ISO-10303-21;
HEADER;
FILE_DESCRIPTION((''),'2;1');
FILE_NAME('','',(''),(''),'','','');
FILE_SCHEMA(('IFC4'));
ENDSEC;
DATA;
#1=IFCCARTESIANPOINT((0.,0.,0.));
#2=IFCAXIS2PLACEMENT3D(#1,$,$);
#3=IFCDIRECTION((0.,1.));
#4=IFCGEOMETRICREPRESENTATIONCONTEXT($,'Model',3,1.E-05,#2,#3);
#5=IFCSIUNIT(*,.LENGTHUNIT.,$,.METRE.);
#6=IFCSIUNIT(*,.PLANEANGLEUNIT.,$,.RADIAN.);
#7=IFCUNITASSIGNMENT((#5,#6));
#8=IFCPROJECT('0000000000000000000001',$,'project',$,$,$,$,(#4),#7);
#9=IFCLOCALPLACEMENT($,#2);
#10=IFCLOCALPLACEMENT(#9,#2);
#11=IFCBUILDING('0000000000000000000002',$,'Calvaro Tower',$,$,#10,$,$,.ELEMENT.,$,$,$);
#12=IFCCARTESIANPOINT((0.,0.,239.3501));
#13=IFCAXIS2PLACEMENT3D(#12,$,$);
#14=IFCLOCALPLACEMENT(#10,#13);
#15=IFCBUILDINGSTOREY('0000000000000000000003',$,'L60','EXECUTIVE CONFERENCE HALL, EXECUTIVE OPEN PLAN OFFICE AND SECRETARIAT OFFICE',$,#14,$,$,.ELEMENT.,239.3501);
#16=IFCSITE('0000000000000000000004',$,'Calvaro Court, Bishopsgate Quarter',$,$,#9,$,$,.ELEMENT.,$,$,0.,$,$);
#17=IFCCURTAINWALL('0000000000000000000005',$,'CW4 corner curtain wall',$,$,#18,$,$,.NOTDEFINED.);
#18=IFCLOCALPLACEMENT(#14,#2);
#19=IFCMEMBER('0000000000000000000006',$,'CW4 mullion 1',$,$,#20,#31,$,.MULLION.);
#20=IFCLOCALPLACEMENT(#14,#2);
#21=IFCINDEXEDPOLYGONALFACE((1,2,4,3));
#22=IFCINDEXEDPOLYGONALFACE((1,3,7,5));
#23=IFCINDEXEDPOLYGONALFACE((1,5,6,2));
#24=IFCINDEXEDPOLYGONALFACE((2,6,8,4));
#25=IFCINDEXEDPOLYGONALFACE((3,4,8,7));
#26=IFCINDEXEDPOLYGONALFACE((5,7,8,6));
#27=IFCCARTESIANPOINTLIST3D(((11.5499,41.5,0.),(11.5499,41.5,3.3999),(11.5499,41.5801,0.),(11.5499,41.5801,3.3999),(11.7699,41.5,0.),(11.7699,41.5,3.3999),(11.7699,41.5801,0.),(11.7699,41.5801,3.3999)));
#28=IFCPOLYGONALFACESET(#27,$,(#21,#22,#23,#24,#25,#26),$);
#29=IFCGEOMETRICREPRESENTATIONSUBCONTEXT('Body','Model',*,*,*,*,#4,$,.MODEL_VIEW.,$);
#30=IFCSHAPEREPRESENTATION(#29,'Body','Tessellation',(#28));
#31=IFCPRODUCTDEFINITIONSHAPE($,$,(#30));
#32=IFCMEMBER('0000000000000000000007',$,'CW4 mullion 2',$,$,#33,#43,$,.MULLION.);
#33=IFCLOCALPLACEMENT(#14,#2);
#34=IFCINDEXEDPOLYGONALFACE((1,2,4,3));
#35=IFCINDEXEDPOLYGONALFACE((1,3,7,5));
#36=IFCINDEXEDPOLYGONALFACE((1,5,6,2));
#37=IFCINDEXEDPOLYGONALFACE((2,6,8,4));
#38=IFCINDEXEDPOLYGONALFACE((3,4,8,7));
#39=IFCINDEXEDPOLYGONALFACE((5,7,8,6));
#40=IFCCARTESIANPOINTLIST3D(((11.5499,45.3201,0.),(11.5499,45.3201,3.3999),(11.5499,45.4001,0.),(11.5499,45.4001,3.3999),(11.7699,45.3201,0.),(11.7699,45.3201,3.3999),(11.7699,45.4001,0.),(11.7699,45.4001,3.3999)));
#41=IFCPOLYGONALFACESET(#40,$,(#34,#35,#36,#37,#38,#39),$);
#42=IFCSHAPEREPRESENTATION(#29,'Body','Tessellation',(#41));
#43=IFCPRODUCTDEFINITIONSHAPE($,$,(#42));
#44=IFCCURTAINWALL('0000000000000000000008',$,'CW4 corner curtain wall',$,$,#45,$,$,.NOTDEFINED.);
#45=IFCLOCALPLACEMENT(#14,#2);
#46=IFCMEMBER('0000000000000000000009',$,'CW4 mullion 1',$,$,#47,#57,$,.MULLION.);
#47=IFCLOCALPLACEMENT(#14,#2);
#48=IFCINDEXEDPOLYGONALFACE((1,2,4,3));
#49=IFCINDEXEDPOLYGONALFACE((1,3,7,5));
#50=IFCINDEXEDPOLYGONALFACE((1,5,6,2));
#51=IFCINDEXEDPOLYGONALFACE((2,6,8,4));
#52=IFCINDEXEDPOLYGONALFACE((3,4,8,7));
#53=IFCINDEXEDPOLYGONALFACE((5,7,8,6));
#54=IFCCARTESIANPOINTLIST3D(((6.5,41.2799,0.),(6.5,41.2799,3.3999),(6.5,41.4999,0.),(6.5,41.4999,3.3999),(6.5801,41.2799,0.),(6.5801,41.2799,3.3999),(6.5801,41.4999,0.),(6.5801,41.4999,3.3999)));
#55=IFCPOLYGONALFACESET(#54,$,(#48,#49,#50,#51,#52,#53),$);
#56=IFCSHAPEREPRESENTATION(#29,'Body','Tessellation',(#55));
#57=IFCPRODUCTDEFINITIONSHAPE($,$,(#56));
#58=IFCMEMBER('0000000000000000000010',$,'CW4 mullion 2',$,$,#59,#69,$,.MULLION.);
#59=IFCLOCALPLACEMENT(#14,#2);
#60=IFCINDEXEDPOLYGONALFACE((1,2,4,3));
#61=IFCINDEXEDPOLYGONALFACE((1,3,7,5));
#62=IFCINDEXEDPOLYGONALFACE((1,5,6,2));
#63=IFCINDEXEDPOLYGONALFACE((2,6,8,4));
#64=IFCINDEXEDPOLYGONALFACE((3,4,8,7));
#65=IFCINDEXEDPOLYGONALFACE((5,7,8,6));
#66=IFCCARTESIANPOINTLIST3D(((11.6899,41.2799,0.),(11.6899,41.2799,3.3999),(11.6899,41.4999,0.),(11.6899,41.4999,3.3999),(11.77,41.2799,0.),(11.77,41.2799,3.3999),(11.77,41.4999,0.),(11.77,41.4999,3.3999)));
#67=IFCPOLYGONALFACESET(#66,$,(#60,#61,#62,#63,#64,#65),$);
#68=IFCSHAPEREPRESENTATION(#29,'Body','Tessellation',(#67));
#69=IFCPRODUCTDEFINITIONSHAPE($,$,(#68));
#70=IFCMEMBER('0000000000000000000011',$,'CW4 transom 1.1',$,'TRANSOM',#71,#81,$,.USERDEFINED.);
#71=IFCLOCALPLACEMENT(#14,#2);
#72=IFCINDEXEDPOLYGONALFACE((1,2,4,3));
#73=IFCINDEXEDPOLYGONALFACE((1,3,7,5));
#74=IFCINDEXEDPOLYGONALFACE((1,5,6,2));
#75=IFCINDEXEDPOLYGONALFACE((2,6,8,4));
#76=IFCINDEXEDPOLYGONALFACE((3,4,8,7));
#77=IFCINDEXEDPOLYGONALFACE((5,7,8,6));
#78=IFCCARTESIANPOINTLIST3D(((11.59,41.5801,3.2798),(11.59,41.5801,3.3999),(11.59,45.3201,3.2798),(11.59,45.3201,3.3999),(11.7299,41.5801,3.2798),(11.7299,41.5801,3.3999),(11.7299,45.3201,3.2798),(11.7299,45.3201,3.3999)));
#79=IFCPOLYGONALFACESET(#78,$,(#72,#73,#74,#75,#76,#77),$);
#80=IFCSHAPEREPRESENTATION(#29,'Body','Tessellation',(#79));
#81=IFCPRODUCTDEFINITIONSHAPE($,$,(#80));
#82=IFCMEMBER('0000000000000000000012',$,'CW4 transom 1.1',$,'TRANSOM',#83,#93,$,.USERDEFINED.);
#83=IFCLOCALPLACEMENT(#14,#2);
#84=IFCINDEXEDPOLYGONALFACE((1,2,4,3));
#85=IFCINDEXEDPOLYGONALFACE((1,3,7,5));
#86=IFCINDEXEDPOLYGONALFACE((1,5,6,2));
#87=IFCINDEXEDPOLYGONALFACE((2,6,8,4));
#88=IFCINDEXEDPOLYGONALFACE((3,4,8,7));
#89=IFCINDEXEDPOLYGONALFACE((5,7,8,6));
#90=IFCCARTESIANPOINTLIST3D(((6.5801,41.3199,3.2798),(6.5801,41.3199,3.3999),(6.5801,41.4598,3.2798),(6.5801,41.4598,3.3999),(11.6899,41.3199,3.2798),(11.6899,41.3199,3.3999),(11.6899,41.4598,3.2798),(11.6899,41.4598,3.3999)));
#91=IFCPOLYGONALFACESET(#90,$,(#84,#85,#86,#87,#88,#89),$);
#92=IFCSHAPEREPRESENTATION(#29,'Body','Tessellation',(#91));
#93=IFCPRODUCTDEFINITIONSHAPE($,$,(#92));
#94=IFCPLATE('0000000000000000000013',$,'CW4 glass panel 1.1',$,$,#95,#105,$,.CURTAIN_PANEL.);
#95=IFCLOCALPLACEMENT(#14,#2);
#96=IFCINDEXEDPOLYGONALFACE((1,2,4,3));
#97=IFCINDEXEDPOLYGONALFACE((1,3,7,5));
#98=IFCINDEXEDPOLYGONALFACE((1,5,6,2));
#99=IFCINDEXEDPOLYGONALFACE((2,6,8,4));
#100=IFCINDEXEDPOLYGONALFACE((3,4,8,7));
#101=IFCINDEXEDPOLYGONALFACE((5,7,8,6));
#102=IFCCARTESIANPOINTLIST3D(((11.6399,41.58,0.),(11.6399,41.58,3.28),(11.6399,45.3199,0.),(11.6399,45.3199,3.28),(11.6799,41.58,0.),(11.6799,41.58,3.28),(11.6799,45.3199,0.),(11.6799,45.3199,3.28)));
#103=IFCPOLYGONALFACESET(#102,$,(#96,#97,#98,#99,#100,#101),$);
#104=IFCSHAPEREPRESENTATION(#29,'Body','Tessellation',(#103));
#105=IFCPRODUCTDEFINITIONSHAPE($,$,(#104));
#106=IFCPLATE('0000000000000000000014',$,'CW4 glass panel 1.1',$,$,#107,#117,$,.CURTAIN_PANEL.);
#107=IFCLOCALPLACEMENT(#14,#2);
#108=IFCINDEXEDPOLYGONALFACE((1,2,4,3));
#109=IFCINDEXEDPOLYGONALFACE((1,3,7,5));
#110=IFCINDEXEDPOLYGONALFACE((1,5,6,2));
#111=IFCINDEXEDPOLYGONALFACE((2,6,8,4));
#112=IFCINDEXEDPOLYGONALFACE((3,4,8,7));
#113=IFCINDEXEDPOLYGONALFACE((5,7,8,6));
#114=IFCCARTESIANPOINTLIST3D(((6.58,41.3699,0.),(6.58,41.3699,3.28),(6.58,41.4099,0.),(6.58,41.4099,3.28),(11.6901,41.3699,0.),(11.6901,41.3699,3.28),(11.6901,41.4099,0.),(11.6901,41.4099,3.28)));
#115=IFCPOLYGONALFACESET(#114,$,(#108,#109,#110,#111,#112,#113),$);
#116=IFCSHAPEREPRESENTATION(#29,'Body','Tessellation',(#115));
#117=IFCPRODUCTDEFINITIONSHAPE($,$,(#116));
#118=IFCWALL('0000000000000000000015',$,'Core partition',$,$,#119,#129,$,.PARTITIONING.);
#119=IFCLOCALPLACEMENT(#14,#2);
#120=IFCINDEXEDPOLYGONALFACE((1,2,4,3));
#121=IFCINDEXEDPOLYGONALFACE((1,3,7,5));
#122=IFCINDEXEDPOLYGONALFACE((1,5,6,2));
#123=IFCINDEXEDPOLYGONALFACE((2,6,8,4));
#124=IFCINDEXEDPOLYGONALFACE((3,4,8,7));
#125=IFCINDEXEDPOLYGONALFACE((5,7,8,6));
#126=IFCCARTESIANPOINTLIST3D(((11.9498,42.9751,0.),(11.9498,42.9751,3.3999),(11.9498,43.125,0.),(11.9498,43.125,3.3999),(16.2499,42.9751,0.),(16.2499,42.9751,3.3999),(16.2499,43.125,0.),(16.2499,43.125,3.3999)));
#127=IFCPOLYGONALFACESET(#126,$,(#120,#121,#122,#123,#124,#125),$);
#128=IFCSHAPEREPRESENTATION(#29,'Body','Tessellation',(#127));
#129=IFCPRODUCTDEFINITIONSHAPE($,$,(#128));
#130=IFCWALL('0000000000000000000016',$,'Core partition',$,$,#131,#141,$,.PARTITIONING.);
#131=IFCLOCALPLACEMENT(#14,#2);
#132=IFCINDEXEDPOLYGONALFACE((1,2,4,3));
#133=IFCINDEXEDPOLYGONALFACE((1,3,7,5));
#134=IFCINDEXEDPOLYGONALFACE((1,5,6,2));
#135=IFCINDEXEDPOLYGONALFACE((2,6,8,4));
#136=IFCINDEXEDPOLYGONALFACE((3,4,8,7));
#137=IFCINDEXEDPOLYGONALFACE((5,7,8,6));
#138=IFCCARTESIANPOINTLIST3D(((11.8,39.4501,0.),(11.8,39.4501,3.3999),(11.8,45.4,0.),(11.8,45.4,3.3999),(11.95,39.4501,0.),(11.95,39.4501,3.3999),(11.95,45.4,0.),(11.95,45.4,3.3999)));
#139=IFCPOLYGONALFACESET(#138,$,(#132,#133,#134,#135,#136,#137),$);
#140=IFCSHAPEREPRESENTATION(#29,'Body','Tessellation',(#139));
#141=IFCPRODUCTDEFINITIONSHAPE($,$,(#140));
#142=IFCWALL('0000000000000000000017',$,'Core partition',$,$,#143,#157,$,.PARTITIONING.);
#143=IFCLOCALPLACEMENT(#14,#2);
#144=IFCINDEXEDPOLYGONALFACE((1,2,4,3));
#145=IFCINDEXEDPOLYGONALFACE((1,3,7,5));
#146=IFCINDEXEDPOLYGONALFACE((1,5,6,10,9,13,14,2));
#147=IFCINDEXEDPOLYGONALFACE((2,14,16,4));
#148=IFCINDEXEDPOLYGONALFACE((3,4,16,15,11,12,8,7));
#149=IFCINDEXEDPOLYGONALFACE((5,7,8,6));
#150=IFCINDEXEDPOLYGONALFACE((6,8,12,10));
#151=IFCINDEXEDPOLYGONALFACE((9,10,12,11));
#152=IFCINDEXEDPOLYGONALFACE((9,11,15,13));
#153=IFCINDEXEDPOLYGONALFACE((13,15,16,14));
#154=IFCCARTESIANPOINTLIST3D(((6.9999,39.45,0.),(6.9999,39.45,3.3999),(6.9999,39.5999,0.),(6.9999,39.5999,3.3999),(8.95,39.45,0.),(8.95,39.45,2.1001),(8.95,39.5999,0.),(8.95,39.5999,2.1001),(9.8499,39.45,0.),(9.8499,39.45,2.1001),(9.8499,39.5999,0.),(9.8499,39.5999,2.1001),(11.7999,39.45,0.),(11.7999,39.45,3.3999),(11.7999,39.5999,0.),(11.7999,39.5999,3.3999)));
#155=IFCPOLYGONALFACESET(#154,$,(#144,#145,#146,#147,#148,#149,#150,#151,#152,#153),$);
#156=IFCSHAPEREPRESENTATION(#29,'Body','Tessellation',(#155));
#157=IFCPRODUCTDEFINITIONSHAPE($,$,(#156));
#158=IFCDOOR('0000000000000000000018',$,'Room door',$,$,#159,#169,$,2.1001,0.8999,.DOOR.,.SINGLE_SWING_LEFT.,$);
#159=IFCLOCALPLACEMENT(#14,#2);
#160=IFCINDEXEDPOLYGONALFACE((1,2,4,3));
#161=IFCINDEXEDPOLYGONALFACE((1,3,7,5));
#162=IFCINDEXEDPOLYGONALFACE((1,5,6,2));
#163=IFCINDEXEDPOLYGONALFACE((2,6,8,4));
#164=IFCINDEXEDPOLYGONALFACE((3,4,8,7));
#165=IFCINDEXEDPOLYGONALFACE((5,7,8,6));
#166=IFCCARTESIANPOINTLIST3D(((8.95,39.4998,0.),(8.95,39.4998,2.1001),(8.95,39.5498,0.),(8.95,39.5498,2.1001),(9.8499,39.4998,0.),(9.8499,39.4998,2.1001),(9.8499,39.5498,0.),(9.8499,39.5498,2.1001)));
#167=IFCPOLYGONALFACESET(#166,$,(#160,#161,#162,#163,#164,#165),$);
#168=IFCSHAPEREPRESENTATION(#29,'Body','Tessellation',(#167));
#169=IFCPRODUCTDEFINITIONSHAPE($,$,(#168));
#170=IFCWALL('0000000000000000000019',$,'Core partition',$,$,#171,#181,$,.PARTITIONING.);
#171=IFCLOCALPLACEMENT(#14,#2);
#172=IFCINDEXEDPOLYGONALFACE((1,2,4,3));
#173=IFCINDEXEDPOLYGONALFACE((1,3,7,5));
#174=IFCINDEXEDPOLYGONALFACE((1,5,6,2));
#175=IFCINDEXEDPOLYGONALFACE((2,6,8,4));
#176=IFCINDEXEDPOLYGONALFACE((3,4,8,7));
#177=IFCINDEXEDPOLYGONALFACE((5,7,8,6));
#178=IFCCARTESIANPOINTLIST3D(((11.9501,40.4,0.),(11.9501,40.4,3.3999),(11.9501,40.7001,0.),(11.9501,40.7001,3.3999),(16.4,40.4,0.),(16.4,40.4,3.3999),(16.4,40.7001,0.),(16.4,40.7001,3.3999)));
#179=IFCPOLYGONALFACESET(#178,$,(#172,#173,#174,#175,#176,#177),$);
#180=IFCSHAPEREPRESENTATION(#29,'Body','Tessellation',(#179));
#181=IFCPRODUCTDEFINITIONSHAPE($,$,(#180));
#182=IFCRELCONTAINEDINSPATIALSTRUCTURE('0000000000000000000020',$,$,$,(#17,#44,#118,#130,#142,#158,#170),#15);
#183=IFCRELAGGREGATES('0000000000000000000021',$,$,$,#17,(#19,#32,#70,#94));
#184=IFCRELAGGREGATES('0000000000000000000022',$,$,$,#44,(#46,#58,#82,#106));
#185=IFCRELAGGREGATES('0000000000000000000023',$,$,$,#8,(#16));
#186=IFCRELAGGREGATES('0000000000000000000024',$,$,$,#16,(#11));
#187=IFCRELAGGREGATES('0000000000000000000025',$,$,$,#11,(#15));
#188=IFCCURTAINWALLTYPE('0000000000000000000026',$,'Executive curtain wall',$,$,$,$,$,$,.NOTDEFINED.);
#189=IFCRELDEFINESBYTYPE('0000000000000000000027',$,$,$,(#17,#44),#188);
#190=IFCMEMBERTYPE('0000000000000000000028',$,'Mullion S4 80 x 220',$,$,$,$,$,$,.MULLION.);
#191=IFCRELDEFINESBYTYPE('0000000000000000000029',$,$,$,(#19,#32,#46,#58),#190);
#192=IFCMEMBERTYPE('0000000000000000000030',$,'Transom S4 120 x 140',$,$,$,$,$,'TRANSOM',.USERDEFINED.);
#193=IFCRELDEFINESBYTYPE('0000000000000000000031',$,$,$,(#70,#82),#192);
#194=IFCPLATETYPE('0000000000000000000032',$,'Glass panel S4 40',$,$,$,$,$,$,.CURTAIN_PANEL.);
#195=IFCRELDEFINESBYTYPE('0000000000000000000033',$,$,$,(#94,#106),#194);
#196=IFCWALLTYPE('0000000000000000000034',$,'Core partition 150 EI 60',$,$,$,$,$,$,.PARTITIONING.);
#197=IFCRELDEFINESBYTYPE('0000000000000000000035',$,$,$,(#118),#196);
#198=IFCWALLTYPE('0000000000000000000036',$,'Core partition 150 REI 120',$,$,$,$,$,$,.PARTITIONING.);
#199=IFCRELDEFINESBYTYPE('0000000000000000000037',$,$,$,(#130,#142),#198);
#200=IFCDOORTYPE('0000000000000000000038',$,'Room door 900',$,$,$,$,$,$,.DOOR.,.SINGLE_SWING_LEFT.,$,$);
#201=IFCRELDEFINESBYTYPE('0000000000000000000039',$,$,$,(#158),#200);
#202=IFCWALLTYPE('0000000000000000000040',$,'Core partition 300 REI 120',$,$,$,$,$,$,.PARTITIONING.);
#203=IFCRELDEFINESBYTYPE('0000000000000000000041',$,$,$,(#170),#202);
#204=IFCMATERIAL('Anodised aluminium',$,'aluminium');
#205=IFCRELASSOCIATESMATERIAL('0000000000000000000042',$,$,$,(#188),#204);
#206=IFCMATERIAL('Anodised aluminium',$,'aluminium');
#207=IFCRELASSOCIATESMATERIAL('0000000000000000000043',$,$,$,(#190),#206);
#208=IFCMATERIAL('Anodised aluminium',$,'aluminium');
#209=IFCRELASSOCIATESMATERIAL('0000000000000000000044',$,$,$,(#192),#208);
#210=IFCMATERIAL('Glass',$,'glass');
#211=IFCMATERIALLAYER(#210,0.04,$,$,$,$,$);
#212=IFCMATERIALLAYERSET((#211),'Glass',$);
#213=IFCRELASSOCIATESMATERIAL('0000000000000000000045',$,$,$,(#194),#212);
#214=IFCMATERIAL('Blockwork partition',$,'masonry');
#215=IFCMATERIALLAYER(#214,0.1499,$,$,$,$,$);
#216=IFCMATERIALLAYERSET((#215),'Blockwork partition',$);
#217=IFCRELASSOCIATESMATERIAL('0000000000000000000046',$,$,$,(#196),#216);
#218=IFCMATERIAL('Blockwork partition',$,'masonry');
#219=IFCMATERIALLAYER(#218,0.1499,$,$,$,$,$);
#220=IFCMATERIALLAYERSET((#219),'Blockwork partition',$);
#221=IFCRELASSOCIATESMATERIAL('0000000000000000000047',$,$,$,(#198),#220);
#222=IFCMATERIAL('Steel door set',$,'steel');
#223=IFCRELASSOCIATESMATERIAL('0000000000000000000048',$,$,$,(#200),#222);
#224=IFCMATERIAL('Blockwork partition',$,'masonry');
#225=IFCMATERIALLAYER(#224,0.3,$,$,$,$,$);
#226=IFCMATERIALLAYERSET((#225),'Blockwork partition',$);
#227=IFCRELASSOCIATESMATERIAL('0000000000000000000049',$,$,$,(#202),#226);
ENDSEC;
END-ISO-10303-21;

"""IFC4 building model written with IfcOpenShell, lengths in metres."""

from ifc_helpers import new_model, si_unit, direction, frame, frame_2d, origin, origin_2d, place, context, subcontext, project, spatial, rectangle, extrude, material, layer, layer_set, material_profile, profile_set, type_object, element, fill, aggregate, save


model = new_model("IFC4")

# Units and contexts
model_context = context("Model", 3, precision=1e-05, world=origin(), true_north=direction((0.0, 1.0)))
body_context = subcontext(model_context, "Body", "Model", "MODEL_VIEW")
ifc_project = project(units=[si_unit("LENGTHUNIT", "METRE"), si_unit("PLANEANGLEUNIT", "RADIAN")], contexts=[model_context])

# Site, building, storey
site_placement = place(None, origin())
site = spatial("IfcSite", under=ifc_project, at=site_placement, Name="Calvaro Court, Bishopsgate Quarter", CompositionType="ELEMENT", RefElevation=0.0)
building_placement = place(site_placement, origin())
building = spatial("IfcBuilding", under=site, at=building_placement, Name="Calvaro Tower", CompositionType="ELEMENT")
storey_placement = place(building_placement, frame((0.0, 0.0, 239.3501)))
storey = spatial("IfcBuildingStorey", under=building, at=storey_placement, Name="L60", Description="EXECUTIVE CONFERENCE HALL, EXECUTIVE OPEN PLAN OFFICE AND SECRETARIAT OFFICE", CompositionType="ELEMENT", Elevation=239.3501)

# Curtain walls, members
ifc_material_1 = material(Name="Anodised aluminium", Category="aluminium")
curtain_wall_type = type_object("IfcCurtainWallType", Name="Executive curtain wall", PredefinedType="NOTDEFINED", material=ifc_material_1)
curtain_wall_1_placement = place(storey_placement, origin())
curtain_wall_1 = element("IfcCurtainWall", 1, at=curtain_wall_1_placement, inside=storey, type_object=curtain_wall_type, Name="CW4 corner curtain wall", PredefinedType="NOTDEFINED")
ifc_material_2 = material(Name="Anodised aluminium", Category="aluminium")
ifc_material_profile_1 = material_profile(ifc_material_2, rectangle(XDim=0.22, YDim=0.0801, at=origin_2d()), Name="Mullion S4 80 x 220")
ifc_profile_set_1 = profile_set([ifc_material_profile_1], Name="Anodised aluminium")
member_type_1 = type_object("IfcMemberType", Name="Mullion S4 80 x 220", PredefinedType="MULLION", material=ifc_profile_set_1)
member_1_placement = place(storey_placement, frame((11.6599, 41.54, 0.0), z_axis=(0.0, 0.0, 1.0), x_axis=(-1.0, 0.0, 0.0)))
member_1 = element("IfcMember", 2, at=member_1_placement, type_object=member_type_1, Name="CW4 mullion 1", PredefinedType="MULLION", context=body_context, shape_type="SweptSolid", body=[
    extrude(rectangle(XDim=0.22, YDim=0.0801, at=origin_2d()), origin(), (0.0, 0.0, 1.0), 3.3999),
])
member_2_placement = place(storey_placement, frame((11.6599, 45.3601, 0.0), z_axis=(0.0, 0.0, 1.0), x_axis=(-1.0, 0.0, 0.0)))
member_2 = element("IfcMember", 3, at=member_2_placement, type_object=member_type_1, Name="CW4 mullion 2", PredefinedType="MULLION", context=body_context, shape_type="SweptSolid", body=[
    extrude(rectangle(XDim=0.22, YDim=0.0801, at=origin_2d()), origin(), (0.0, 0.0, 1.0), 3.3999),
])
curtain_wall_2_placement = place(storey_placement, origin())
curtain_wall_2 = element("IfcCurtainWall", 4, at=curtain_wall_2_placement, inside=storey, type_object=curtain_wall_type, Name="CW4 corner curtain wall", PredefinedType="NOTDEFINED")
member_3_placement = place(storey_placement, frame((6.54, 41.3899, 0.0), z_axis=(0.0, 0.0, 1.0), x_axis=(0.0, 1.0, 0.0)))
member_3 = element("IfcMember", 5, at=member_3_placement, type_object=member_type_1, Name="CW4 mullion 1", PredefinedType="MULLION", context=body_context, shape_type="SweptSolid", body=[
    extrude(rectangle(XDim=0.22, YDim=0.0801, at=origin_2d()), origin(), (0.0, 0.0, 1.0), 3.3999),
])
member_4_placement = place(storey_placement, frame((11.73, 41.3899, 0.0), z_axis=(0.0, 0.0, 1.0), x_axis=(0.0, 1.0, 0.0)))
member_4 = element("IfcMember", 6, at=member_4_placement, type_object=member_type_1, Name="CW4 mullion 2", PredefinedType="MULLION", context=body_context, shape_type="SweptSolid", body=[
    extrude(rectangle(XDim=0.22, YDim=0.0801, at=origin_2d()), origin(), (0.0, 0.0, 1.0), 3.3999),
])

# Members
ifc_material_3 = material(Name="Anodised aluminium", Category="aluminium")
ifc_material_profile_2 = material_profile(ifc_material_3, rectangle(XDim=0.1399, YDim=0.1201, at=origin_2d()), Name="Transom S4 120 x 140")
ifc_profile_set_2 = profile_set([ifc_material_profile_2], Name="Anodised aluminium")
member_type_2 = type_object("IfcMemberType", Name="Transom S4 120 x 140", ElementType="TRANSOM", PredefinedType="USERDEFINED", material=ifc_profile_set_2)
member_5_placement = place(storey_placement, frame((11.6599, 41.5801, 3.3398), z_axis=(0.0, 1.0, 0.0), x_axis=(-1.0, 0.0, 0.0)))
member_5 = element("IfcMember", 7, at=member_5_placement, type_object=member_type_2, Name="CW4 transom 1.1", ObjectType="TRANSOM", PredefinedType="USERDEFINED", context=body_context, shape_type="SweptSolid", body=[
    extrude(rectangle(XDim=0.1399, YDim=0.1201, at=origin_2d()), origin(), (0.0, 0.0, 1.0), 3.74),
])
member_6_placement = place(storey_placement, frame((6.5801, 41.3899, 3.3398), z_axis=(1.0, 0.0, 0.0), x_axis=(0.0, 1.0, 0.0)))
member_6 = element("IfcMember", 8, at=member_6_placement, type_object=member_type_2, Name="CW4 transom 1.1", ObjectType="TRANSOM", PredefinedType="USERDEFINED", context=body_context, shape_type="SweptSolid", body=[
    extrude(rectangle(XDim=0.1399, YDim=0.1201, at=origin_2d()), origin(), (0.0, 0.0, 1.0), 5.1099),
])

# Plates
ifc_material_4 = material(Name="Glass", Category="glass")
ifc_layer_1 = layer(ifc_material_4, 0.04)
ifc_layer_set_1 = layer_set([ifc_layer_1], Name="Glass")
plate_type = type_object("IfcPlateType", Name="Glass panel S4 40", PredefinedType="CURTAIN_PANEL", material=ifc_layer_set_1)
plate_1_placement = place(storey_placement, frame((11.6599, 43.45, 0.0), z_axis=(0.0, 0.0, 1.0), x_axis=(0.0, 1.0, 0.0)))
plate_1 = element("IfcPlate", 9, at=plate_1_placement, type_object=plate_type, Name="CW4 glass panel 1.1", PredefinedType="CURTAIN_PANEL", context=body_context, shape_type="SweptSolid", body=[
    extrude(rectangle(XDim=3.74, YDim=0.04, at=origin_2d()), origin(), (0.0, 0.0, 1.0), 3.28),
])
aggregate(curtain_wall_1, [member_1, member_2, member_5, plate_1])
plate_2_placement = place(storey_placement, frame((9.135, 41.3899, 0.0), z_axis=(0.0, 0.0, 1.0), x_axis=(1.0, 0.0, 0.0)))
plate_2 = element("IfcPlate", 10, at=plate_2_placement, type_object=plate_type, Name="CW4 glass panel 1.1", PredefinedType="CURTAIN_PANEL", context=body_context, shape_type="SweptSolid", body=[
    extrude(rectangle(XDim=5.1101, YDim=0.04, at=origin_2d()), origin(), (0.0, 0.0, 1.0), 3.28),
])
aggregate(curtain_wall_2, [member_3, member_4, member_6, plate_2])

# Walls
ifc_material_5 = material(Name="Blockwork partition", Category="masonry")
ifc_layer_2 = layer(ifc_material_5, 0.1499)
ifc_layer_set_2 = layer_set([ifc_layer_2], Name="Blockwork partition")
wall_type_1 = type_object("IfcWallType", Name="Core partition 150 EI 60", PredefinedType="PARTITIONING", material=ifc_layer_set_2)
wall_1_placement = place(storey_placement, frame((11.95, 43.05, 0.0), z_axis=(0.0, 0.0, 1.0), x_axis=(1.0, 0.0, 0.0)))
element("IfcWall", 11, at=wall_1_placement, inside=storey, type_object=wall_type_1, Name="Core partition", PredefinedType="PARTITIONING", context=body_context, shape_type="SweptSolid", body=[
    extrude(rectangle(XDim=4.3, YDim=0.1499, at=frame_2d((2.1499, 0.0))), origin(), (0.0, 0.0, 1.0), 3.3999),
])
ifc_material_6 = material(Name="Blockwork partition", Category="masonry")
ifc_layer_3 = layer(ifc_material_6, 0.1499)
ifc_layer_set_3 = layer_set([ifc_layer_3], Name="Blockwork partition")
wall_type_2 = type_object("IfcWallType", Name="Core partition 150 REI 120", PredefinedType="PARTITIONING", material=ifc_layer_set_3)
wall_2_placement = place(storey_placement, frame((11.875, 39.45, 0.0), z_axis=(0.0, 0.0, 1.0), x_axis=(0.0, 1.0, 0.0)))
element("IfcWall", 12, at=wall_2_placement, inside=storey, type_object=wall_type_2, Name="Core partition", PredefinedType="PARTITIONING", context=body_context, shape_type="SweptSolid", body=[
    extrude(rectangle(XDim=5.95, YDim=0.1499, at=frame_2d((2.9751, 0.0))), origin(), (0.0, 0.0, 1.0), 3.3999),
])

# Wall, opening, door
wall_3_placement = place(storey_placement, frame((7.0, 39.5249, 0.0), z_axis=(0.0, 0.0, 1.0), x_axis=(1.0, 0.0, 0.0)))
wall_3 = element("IfcWall", 13, at=wall_3_placement, inside=storey, type_object=wall_type_2, Name="Core partition", PredefinedType="PARTITIONING", context=body_context, shape_type="SweptSolid", body=[
    extrude(rectangle(XDim=4.8, YDim=0.1499, at=frame_2d((2.3999, 0.0))), origin(), (0.0, 0.0, 1.0), 3.3999),
])
opening_1_placement = place(wall_3_placement, frame((1.95, 0.0, 0.0)))
opening_1 = element("IfcOpeningElement", 14, at=opening_1_placement, cuts=wall_3, PredefinedType="OPENING", context=body_context, shape_type="SweptSolid", body=[
    extrude(rectangle(XDim=0.8999, YDim=2.1001, at=frame_2d((0.45, 1.05))), frame((0.0, 0.085, 0.0), z_axis=(0.0, -1.0, 0.0), x_axis=(1.0, 0.0, 0.0)), (0.0, 0.0, 1.0), 0.1699),
])
ifc_material_7 = material(Name="Steel door set", Category="steel")
door_type_1 = type_object("IfcDoorType", Name="Room door 900", OperationType="SINGLE_SWING_LEFT", PredefinedType="DOOR", material=ifc_material_7)
door_1_placement = place(opening_1_placement, origin())
door_1 = element("IfcDoor", 15, at=door_1_placement, inside=storey, type_object=door_type_1, Name="Room door", OperationType="SINGLE_SWING_LEFT", OverallHeight=2.1001, OverallWidth=0.8999, PredefinedType="DOOR", context=body_context, shape_type="SweptSolid", body=[
    extrude(rectangle(XDim=0.8999, YDim=2.1001, at=frame_2d((0.45, 1.05))), frame((0.0, 0.0249, 0.0), z_axis=(0.0, -1.0, 0.0), x_axis=(1.0, 0.0, 0.0)), (0.0, 0.0, 1.0), 0.05),
])
fill(opening_1, door_1)

# Wall
ifc_material_8 = material(Name="Blockwork partition", Category="masonry")
ifc_layer_4 = layer(ifc_material_8, 0.3)
ifc_layer_set_4 = layer_set([ifc_layer_4], Name="Blockwork partition")
wall_type_3 = type_object("IfcWallType", Name="Core partition 300 REI 120", PredefinedType="PARTITIONING", material=ifc_layer_set_4)
wall_4_placement = place(storey_placement, frame((11.95, 40.55, 0.0), z_axis=(0.0, 0.0, 1.0), x_axis=(1.0, 0.0, 0.0)))
element("IfcWall", 16, at=wall_4_placement, inside=storey, type_object=wall_type_3, Name="Core partition", PredefinedType="PARTITIONING", context=body_context, shape_type="SweptSolid", body=[
    extrude(rectangle(XDim=4.45, YDim=0.3, at=frame_2d((2.2251, 0.0))), origin(), (0.0, 0.0, 1.0), 3.3999),
])

save(model, "model.ifc")
